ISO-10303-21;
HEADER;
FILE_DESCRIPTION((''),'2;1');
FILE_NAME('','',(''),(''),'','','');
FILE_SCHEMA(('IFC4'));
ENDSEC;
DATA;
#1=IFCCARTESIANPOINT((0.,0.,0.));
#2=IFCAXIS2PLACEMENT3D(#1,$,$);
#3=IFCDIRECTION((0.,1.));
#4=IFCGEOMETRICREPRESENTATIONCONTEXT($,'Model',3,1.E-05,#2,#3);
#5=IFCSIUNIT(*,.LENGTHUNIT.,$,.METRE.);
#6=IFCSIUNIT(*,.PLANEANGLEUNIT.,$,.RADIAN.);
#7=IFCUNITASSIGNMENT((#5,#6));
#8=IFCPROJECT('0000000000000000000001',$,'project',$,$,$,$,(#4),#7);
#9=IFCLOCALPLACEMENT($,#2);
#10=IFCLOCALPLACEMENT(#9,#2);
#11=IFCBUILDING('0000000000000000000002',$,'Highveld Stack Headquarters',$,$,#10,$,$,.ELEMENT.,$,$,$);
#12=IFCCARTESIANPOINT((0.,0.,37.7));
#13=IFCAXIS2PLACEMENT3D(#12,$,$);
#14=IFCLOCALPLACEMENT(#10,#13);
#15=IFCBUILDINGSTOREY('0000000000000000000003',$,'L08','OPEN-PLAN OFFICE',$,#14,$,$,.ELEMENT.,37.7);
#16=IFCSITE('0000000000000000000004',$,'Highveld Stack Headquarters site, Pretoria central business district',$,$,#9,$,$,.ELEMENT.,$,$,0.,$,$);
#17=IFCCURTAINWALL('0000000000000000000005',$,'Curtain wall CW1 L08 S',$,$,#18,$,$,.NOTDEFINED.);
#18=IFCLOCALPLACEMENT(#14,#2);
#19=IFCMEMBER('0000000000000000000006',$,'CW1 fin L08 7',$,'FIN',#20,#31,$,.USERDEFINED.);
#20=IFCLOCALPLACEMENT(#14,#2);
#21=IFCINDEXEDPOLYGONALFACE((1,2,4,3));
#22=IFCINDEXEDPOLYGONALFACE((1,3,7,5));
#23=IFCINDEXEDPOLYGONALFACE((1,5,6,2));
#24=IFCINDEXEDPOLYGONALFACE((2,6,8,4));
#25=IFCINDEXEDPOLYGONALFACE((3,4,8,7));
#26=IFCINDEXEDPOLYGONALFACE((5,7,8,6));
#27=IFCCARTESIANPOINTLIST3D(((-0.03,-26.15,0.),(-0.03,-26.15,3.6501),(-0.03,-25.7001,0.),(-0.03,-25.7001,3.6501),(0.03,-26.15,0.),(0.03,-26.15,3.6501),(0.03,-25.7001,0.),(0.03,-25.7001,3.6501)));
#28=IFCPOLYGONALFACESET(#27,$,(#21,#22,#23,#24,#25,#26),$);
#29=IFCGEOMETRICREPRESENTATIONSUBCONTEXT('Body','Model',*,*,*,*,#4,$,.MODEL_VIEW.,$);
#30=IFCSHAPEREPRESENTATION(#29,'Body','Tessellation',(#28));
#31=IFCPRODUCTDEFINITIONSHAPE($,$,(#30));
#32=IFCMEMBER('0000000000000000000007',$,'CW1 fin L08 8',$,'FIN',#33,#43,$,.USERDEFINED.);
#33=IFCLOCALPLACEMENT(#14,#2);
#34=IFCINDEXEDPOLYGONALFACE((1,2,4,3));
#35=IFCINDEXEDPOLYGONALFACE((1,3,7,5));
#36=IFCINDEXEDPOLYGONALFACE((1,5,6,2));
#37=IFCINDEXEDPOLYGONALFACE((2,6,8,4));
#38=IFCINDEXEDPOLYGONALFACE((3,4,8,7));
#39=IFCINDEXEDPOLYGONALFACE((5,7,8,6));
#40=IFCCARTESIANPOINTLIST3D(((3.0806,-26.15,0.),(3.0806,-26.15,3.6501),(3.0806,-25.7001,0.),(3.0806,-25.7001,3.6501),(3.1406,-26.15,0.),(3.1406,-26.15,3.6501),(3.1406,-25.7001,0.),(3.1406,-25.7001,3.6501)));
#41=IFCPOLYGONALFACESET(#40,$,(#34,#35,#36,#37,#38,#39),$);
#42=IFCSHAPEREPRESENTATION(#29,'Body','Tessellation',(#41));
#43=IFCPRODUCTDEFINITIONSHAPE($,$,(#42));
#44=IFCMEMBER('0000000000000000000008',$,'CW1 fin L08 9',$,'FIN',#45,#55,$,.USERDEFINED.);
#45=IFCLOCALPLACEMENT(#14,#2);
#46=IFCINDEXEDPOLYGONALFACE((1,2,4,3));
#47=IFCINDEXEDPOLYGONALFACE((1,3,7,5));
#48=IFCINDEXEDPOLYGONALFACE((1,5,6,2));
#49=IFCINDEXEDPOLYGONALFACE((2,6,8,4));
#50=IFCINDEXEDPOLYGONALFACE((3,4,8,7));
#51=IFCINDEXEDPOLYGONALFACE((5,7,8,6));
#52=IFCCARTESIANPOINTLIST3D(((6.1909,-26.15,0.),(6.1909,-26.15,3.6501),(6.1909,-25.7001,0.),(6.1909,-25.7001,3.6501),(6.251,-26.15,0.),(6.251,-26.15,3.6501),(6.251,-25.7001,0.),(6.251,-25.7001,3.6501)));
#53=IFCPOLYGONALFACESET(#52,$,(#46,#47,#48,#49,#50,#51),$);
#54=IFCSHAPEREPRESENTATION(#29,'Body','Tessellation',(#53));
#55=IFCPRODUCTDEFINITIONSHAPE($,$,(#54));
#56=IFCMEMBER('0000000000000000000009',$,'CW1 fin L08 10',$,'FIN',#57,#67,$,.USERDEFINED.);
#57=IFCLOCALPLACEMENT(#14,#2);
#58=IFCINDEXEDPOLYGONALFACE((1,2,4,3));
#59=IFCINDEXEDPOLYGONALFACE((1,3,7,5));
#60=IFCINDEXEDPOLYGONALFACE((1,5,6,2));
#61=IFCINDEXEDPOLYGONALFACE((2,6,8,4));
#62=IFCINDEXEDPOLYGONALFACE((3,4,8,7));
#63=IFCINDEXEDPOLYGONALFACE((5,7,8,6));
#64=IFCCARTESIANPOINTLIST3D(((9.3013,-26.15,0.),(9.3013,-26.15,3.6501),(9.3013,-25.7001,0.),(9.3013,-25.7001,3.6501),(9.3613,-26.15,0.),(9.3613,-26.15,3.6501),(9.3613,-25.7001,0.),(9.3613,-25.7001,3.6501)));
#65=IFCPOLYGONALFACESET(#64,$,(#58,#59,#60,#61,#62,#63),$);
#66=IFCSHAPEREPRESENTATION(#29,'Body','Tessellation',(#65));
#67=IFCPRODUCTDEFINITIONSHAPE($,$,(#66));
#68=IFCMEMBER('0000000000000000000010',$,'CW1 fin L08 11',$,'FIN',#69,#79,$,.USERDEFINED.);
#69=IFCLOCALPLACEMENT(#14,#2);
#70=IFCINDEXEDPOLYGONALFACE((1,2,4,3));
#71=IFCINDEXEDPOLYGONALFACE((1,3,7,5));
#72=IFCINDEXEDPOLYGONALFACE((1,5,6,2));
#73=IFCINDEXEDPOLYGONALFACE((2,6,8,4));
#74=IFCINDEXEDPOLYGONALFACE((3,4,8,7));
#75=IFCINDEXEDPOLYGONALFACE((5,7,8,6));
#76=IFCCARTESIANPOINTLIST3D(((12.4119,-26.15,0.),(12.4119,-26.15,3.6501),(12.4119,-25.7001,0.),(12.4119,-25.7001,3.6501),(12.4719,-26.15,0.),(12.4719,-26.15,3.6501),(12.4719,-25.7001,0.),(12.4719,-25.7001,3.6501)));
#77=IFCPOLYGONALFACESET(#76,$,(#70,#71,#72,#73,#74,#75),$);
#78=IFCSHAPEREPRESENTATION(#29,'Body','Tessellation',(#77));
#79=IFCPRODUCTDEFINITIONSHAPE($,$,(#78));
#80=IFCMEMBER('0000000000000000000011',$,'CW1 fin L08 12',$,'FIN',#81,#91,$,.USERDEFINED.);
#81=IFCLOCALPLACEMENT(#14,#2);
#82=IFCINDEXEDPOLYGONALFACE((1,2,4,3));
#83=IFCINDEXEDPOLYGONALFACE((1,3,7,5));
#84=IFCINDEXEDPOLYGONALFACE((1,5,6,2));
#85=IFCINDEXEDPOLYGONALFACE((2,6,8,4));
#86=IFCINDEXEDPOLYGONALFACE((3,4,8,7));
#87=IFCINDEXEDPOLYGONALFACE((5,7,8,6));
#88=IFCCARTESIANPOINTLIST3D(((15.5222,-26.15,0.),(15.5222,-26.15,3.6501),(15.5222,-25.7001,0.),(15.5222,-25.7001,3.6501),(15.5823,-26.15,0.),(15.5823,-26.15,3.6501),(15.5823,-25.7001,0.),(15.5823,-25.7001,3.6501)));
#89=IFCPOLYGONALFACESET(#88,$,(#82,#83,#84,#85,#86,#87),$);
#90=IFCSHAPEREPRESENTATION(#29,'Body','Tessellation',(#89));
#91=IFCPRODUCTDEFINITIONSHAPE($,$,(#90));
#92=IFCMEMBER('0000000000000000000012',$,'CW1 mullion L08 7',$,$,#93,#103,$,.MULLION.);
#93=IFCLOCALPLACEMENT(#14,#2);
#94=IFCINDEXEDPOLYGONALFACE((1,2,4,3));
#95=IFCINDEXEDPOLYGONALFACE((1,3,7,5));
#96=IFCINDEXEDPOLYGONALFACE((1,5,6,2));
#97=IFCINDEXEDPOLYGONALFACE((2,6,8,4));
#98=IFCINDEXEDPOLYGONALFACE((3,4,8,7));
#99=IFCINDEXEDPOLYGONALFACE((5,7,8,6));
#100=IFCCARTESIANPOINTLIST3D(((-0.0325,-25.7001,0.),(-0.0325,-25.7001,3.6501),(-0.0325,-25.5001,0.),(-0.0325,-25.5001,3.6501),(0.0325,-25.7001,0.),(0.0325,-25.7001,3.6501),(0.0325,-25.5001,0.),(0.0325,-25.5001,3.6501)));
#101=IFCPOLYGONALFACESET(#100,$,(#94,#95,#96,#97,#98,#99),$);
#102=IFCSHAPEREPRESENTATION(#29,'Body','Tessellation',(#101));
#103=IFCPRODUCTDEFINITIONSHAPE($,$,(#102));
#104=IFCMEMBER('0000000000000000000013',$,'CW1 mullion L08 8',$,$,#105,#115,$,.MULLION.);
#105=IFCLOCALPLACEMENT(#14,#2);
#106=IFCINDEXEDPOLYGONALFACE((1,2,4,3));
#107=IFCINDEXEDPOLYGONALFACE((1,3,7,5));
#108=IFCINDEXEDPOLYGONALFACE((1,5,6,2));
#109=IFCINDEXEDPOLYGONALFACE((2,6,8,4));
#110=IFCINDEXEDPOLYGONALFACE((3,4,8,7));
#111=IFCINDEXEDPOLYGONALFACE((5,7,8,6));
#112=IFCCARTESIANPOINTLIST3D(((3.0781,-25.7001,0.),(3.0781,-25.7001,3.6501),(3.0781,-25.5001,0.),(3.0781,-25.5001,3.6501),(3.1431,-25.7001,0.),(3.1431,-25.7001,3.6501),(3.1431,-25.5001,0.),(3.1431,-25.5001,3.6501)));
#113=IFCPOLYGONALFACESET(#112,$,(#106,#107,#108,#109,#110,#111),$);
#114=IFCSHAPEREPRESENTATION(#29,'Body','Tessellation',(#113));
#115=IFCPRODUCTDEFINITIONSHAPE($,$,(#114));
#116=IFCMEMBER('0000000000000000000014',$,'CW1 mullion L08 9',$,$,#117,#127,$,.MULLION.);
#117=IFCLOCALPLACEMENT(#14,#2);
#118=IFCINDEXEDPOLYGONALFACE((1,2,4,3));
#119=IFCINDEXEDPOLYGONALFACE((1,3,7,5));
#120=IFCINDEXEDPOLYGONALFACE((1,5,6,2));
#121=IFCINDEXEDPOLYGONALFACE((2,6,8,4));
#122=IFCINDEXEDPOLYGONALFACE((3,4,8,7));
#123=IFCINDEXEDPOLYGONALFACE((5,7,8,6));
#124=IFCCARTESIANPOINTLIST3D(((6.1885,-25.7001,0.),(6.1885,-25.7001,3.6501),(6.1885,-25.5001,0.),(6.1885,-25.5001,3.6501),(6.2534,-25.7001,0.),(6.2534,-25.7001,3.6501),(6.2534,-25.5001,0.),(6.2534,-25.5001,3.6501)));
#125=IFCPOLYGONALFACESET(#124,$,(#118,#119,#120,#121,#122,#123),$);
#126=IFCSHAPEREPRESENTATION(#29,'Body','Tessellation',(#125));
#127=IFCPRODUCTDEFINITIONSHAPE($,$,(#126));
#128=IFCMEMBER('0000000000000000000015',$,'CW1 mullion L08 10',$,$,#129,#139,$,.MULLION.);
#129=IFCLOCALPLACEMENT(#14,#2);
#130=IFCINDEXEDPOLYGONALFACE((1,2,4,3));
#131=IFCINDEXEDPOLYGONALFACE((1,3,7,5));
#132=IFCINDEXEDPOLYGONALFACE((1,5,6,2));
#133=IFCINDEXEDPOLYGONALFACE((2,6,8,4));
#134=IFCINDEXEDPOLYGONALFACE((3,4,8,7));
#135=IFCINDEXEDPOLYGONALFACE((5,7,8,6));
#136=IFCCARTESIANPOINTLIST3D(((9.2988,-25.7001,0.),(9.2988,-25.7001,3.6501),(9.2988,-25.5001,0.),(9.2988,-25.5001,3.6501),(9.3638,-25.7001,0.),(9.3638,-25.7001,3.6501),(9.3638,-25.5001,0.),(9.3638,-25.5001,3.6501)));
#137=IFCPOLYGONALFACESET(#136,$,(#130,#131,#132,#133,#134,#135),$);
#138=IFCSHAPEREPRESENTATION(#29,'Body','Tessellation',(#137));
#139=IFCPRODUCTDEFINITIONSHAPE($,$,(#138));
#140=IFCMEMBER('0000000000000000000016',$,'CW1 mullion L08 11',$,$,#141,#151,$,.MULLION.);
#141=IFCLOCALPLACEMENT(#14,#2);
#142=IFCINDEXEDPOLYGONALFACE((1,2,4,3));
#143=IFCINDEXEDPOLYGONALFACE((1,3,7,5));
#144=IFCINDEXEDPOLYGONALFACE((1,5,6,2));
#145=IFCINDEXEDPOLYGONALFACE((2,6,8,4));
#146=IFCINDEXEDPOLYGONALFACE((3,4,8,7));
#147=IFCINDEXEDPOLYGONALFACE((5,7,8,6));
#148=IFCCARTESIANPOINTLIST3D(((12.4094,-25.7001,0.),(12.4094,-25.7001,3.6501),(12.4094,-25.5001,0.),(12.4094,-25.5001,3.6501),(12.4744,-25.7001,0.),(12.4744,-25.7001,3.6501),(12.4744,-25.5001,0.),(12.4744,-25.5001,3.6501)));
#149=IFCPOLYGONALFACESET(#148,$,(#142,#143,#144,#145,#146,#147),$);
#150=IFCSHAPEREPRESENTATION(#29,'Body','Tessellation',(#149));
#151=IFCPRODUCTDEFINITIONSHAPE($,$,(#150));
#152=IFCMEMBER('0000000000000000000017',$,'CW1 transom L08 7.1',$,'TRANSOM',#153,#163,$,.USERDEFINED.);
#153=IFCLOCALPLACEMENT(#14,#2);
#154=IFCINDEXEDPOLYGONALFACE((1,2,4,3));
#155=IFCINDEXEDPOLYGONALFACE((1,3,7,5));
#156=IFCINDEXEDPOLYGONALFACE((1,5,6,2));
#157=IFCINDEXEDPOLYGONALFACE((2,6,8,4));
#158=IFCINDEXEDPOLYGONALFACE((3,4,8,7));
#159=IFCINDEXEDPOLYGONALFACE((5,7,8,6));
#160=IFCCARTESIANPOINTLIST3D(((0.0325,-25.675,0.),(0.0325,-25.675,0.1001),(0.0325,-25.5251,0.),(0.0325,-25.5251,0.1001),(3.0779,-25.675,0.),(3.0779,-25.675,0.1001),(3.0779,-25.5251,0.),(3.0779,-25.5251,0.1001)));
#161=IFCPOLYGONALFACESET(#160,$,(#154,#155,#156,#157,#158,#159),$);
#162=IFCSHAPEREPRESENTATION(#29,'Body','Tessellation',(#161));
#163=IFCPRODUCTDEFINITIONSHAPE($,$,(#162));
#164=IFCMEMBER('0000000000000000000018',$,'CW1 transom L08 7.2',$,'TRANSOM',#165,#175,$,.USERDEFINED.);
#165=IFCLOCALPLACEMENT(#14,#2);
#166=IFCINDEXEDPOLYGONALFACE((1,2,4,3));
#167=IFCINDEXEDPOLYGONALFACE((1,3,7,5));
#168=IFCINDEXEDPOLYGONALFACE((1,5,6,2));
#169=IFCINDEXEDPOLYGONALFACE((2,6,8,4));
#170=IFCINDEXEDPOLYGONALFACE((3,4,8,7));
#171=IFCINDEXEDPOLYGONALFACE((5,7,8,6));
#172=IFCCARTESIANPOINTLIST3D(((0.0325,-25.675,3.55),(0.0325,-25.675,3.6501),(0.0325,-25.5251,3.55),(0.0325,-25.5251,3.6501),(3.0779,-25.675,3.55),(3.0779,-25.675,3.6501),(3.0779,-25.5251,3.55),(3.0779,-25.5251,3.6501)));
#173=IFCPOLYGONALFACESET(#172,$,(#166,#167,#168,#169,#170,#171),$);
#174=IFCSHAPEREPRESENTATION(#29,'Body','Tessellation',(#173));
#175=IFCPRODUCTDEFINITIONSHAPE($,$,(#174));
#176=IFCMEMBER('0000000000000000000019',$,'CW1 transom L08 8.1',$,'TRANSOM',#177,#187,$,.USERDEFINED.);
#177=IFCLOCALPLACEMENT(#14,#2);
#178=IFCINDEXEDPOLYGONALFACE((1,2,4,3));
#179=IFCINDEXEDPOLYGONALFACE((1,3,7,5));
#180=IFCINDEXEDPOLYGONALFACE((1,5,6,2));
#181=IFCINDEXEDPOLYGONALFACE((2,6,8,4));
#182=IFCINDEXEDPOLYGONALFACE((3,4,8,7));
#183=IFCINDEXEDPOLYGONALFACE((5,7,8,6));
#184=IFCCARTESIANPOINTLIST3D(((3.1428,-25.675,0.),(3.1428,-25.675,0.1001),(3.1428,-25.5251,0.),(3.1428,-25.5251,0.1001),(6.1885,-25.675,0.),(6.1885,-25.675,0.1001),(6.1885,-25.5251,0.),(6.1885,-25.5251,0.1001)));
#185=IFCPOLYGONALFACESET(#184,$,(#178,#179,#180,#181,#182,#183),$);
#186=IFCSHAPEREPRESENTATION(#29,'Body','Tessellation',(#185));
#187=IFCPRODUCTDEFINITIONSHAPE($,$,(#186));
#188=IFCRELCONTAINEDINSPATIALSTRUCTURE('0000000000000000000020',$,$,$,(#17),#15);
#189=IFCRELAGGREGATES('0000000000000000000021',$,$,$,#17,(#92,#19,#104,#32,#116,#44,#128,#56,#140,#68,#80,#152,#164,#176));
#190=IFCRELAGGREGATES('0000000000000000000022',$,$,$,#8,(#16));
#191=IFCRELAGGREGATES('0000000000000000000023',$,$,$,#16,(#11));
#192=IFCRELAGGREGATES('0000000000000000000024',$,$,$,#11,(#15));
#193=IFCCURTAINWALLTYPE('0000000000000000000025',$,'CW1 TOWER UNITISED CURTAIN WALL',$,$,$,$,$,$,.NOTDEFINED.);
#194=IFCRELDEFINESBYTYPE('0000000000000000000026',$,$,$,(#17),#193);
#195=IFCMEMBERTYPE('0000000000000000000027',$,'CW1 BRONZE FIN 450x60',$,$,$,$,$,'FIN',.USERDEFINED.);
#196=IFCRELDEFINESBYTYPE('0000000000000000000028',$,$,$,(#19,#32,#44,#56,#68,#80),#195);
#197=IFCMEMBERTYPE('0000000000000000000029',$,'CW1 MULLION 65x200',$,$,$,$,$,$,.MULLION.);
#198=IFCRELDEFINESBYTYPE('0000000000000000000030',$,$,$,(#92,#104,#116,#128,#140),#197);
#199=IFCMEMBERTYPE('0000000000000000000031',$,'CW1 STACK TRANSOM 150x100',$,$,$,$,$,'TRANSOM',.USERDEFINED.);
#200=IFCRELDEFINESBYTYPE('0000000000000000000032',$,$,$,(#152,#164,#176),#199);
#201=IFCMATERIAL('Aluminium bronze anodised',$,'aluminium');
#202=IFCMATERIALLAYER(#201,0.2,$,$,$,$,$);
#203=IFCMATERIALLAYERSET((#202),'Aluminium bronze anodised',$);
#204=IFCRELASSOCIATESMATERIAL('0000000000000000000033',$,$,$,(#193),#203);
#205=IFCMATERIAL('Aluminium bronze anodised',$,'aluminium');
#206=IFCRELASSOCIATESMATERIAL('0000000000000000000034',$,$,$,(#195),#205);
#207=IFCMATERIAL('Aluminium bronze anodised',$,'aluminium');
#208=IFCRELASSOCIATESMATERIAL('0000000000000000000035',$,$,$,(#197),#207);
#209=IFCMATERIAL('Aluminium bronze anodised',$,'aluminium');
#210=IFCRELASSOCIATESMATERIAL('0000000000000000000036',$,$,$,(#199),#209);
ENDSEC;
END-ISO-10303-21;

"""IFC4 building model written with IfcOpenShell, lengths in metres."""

from ifc_helpers import new_model, si_unit, direction, frame, origin, origin_2d, place, context, subcontext, project, spatial, rectangle, extrude, material, layer, layer_set, material_profile, profile_set, type_object, element, aggregate, save


model = new_model("IFC4")

# Units and contexts
model_context = context("Model", 3, precision=1e-05, world=origin(), true_north=direction((0.0, 1.0)))
body_context = subcontext(model_context, "Body", "Model", "MODEL_VIEW")
ifc_project = project(units=[si_unit("LENGTHUNIT", "METRE"), si_unit("PLANEANGLEUNIT", "RADIAN")], contexts=[model_context])

# Site, building, storey
site_placement = place(None, origin())
site = spatial("IfcSite", under=ifc_project, at=site_placement, Name="Highveld Stack Headquarters site, Pretoria central business district", CompositionType="ELEMENT", RefElevation=0.0)
building_placement = place(site_placement, origin())
building = spatial("IfcBuilding", under=site, at=building_placement, Name="Highveld Stack Headquarters", CompositionType="ELEMENT")
storey_placement = place(building_placement, frame((0.0, 0.0, 37.7)))
storey = spatial("IfcBuildingStorey", under=building, at=storey_placement, Name="L08", Description="OPEN-PLAN OFFICE", CompositionType="ELEMENT", Elevation=37.7)

# Curtain wall, members
ifc_material_1 = material(Name="Aluminium bronze anodised", Category="aluminium")
ifc_layer_1 = layer(ifc_material_1, 0.2)
ifc_layer_set_1 = layer_set([ifc_layer_1], Name="Aluminium bronze anodised")
curtain_wall_type = type_object("IfcCurtainWallType", Name="CW1 TOWER UNITISED CURTAIN WALL", PredefinedType="NOTDEFINED", material=ifc_layer_set_1)
curtain_wall_placement = place(storey_placement, origin())
curtain_wall = element("IfcCurtainWall", 1, at=curtain_wall_placement, inside=storey, type_object=curtain_wall_type, Name="Curtain wall CW1 L08 S", PredefinedType="NOTDEFINED")
ifc_material_2 = material(Name="Aluminium bronze anodised", Category="aluminium")
ifc_material_profile_1 = material_profile(ifc_material_2, rectangle(XDim=0.45, YDim=0.0601, at=origin_2d()), Name="FIN 450x60")
ifc_profile_set_1 = profile_set([ifc_material_profile_1], Name="Aluminium bronze anodised")
member_type_1 = type_object("IfcMemberType", Name="CW1 BRONZE FIN 450x60", ElementType="FIN", PredefinedType="USERDEFINED", material=ifc_profile_set_1)
member_1_placement = place(storey_placement, frame((0.0, -25.925, 0.0), z_axis=(0.0, 0.0, 1.0), x_axis=(0.0, 1.0, 0.0)))
member_1 = element("IfcMember", 2, at=member_1_placement, type_object=member_type_1, Name="CW1 fin L08 7", ObjectType="FIN", PredefinedType="USERDEFINED", context=body_context, shape_type="SweptSolid", body=[
    extrude(rectangle(XDim=0.45, YDim=0.0601, at=origin_2d()), origin(), (0.0, 0.0, 1.0), 3.6501),
])
member_2_placement = place(storey_placement, frame((3.1106, -25.925, 0.0), z_axis=(0.0, 0.0, 1.0), x_axis=(0.0, 1.0, 0.0)))
member_2 = element("IfcMember", 3, at=member_2_placement, type_object=member_type_1, Name="CW1 fin L08 8", ObjectType="FIN", PredefinedType="USERDEFINED", context=body_context, shape_type="SweptSolid", body=[
    extrude(rectangle(XDim=0.45, YDim=0.0601, at=origin_2d()), origin(), (0.0, 0.0, 1.0), 3.6501),
])
member_3_placement = place(storey_placement, frame((6.2209, -25.925, 0.0), z_axis=(0.0, 0.0, 1.0), x_axis=(0.0, 1.0, 0.0)))
member_3 = element("IfcMember", 4, at=member_3_placement, type_object=member_type_1, Name="CW1 fin L08 9", ObjectType="FIN", PredefinedType="USERDEFINED", context=body_context, shape_type="SweptSolid", body=[
    extrude(rectangle(XDim=0.45, YDim=0.0601, at=origin_2d()), origin(), (0.0, 0.0, 1.0), 3.6501),
])
member_4_placement = place(storey_placement, frame((9.3313, -25.925, 0.0), z_axis=(0.0, 0.0, 1.0), x_axis=(0.0, 1.0, 0.0)))
member_4 = element("IfcMember", 5, at=member_4_placement, type_object=member_type_1, Name="CW1 fin L08 10", ObjectType="FIN", PredefinedType="USERDEFINED", context=body_context, shape_type="SweptSolid", body=[
    extrude(rectangle(XDim=0.45, YDim=0.0601, at=origin_2d()), origin(), (0.0, 0.0, 1.0), 3.6501),
])
member_5_placement = place(storey_placement, frame((12.4419, -25.925, 0.0), z_axis=(0.0, 0.0, 1.0), x_axis=(0.0, 1.0, 0.0)))
member_5 = element("IfcMember", 6, at=member_5_placement, type_object=member_type_1, Name="CW1 fin L08 11", ObjectType="FIN", PredefinedType="USERDEFINED", context=body_context, shape_type="SweptSolid", body=[
    extrude(rectangle(XDim=0.45, YDim=0.0601, at=origin_2d()), origin(), (0.0, 0.0, 1.0), 3.6501),
])
member_6_placement = place(storey_placement, frame((15.5522, -25.925, 0.0), z_axis=(0.0, 0.0, 1.0), x_axis=(0.0, 1.0, 0.0)))
member_6 = element("IfcMember", 7, at=member_6_placement, type_object=member_type_1, Name="CW1 fin L08 12", ObjectType="FIN", PredefinedType="USERDEFINED", context=body_context, shape_type="SweptSolid", body=[
    extrude(rectangle(XDim=0.45, YDim=0.0601, at=origin_2d()), origin(), (0.0, 0.0, 1.0), 3.6501),
])
ifc_material_3 = material(Name="Aluminium bronze anodised", Category="aluminium")
ifc_material_profile_2 = material_profile(ifc_material_3, rectangle(XDim=0.2, YDim=0.0649, at=origin_2d()), Name="CW1 MULLION 65x200")
ifc_profile_set_2 = profile_set([ifc_material_profile_2], Name="Aluminium bronze anodised")
member_type_2 = type_object("IfcMemberType", Name="CW1 MULLION 65x200", PredefinedType="MULLION", material=ifc_profile_set_2)
member_7_placement = place(storey_placement, frame((0.0, -25.6001, 0.0), z_axis=(0.0, 0.0, 1.0), x_axis=(0.0, 1.0, 0.0)))
member_7 = element("IfcMember", 8, at=member_7_placement, type_object=member_type_2, Name="CW1 mullion L08 7", PredefinedType="MULLION", context=body_context, shape_type="SweptSolid", body=[
    extrude(rectangle(XDim=0.2, YDim=0.0649, at=origin_2d()), origin(), (0.0, 0.0, 1.0), 3.6501),
])
member_8_placement = place(storey_placement, frame((3.1106, -25.6001, 0.0), z_axis=(0.0, 0.0, 1.0), x_axis=(0.0, 1.0, 0.0)))
member_8 = element("IfcMember", 9, at=member_8_placement, type_object=member_type_2, Name="CW1 mullion L08 8", PredefinedType="MULLION", context=body_context, shape_type="SweptSolid", body=[
    extrude(rectangle(XDim=0.2, YDim=0.0649, at=origin_2d()), origin(), (0.0, 0.0, 1.0), 3.6501),
])
member_9_placement = place(storey_placement, frame((6.2209, -25.6001, 0.0), z_axis=(0.0, 0.0, 1.0), x_axis=(0.0, 1.0, 0.0)))
member_9 = element("IfcMember", 10, at=member_9_placement, type_object=member_type_2, Name="CW1 mullion L08 9", PredefinedType="MULLION", context=body_context, shape_type="SweptSolid", body=[
    extrude(rectangle(XDim=0.2, YDim=0.0649, at=origin_2d()), origin(), (0.0, 0.0, 1.0), 3.6501),
])
member_10_placement = place(storey_placement, frame((9.3313, -25.6001, 0.0), z_axis=(0.0, 0.0, 1.0), x_axis=(0.0, 1.0, 0.0)))
member_10 = element("IfcMember", 11, at=member_10_placement, type_object=member_type_2, Name="CW1 mullion L08 10", PredefinedType="MULLION", context=body_context, shape_type="SweptSolid", body=[
    extrude(rectangle(XDim=0.2, YDim=0.0649, at=origin_2d()), origin(), (0.0, 0.0, 1.0), 3.6501),
])
member_11_placement = place(storey_placement, frame((12.4419, -25.6001, 0.0), z_axis=(0.0, 0.0, 1.0), x_axis=(0.0, 1.0, 0.0)))
member_11 = element("IfcMember", 12, at=member_11_placement, type_object=member_type_2, Name="CW1 mullion L08 11", PredefinedType="MULLION", context=body_context, shape_type="SweptSolid", body=[
    extrude(rectangle(XDim=0.2, YDim=0.0649, at=origin_2d()), origin(), (0.0, 0.0, 1.0), 3.6501),
])
ifc_material_4 = material(Name="Aluminium bronze anodised", Category="aluminium")
ifc_material_profile_3 = material_profile(ifc_material_4, rectangle(XDim=0.1499, YDim=0.1001, at=origin_2d()), Name="CW1 TRANSOM 150x100")
ifc_profile_set_3 = profile_set([ifc_material_profile_3], Name="Aluminium bronze anodised")
member_type_3 = type_object("IfcMemberType", Name="CW1 STACK TRANSOM 150x100", ElementType="TRANSOM", PredefinedType="USERDEFINED", material=ifc_profile_set_3)
member_12_placement = place(storey_placement, frame((0.0325, -25.6001, 0.05), z_axis=(1.0, 0.0, 0.0), x_axis=(0.0, 1.0, 0.0)))
member_12 = element("IfcMember", 13, at=member_12_placement, type_object=member_type_3, Name="CW1 transom L08 7.1", ObjectType="TRANSOM", PredefinedType="USERDEFINED", context=body_context, shape_type="SweptSolid", body=[
    extrude(rectangle(XDim=0.1499, YDim=0.1001, at=origin_2d()), origin(), (0.0, 0.0, 1.0), 3.0454),
])
member_13_placement = place(storey_placement, frame((0.0325, -25.6001, 3.6001), z_axis=(1.0, 0.0, 0.0), x_axis=(0.0, 1.0, 0.0)))
member_13 = element("IfcMember", 14, at=member_13_placement, type_object=member_type_3, Name="CW1 transom L08 7.2", ObjectType="TRANSOM", PredefinedType="USERDEFINED", context=body_context, shape_type="SweptSolid", body=[
    extrude(rectangle(XDim=0.1499, YDim=0.1001, at=origin_2d()), origin(), (0.0, 0.0, 1.0), 3.0454),
])
member_14_placement = place(storey_placement, frame((3.1428, -25.6001, 0.05), z_axis=(1.0, 0.0, 0.0), x_axis=(0.0, 1.0, 0.0)))
member_14 = element("IfcMember", 15, at=member_14_placement, type_object=member_type_3, Name="CW1 transom L08 8.1", ObjectType="TRANSOM", PredefinedType="USERDEFINED", context=body_context, shape_type="SweptSolid", body=[
    extrude(rectangle(XDim=0.1499, YDim=0.1001, at=origin_2d()), origin(), (0.0, 0.0, 1.0), 3.0457),
])
aggregate(curtain_wall, [member_7, member_1, member_8, member_2, member_9, member_3, member_10, member_4, member_11, member_5, member_6, member_12, member_13, member_14])

save(model, "model.ifc")
